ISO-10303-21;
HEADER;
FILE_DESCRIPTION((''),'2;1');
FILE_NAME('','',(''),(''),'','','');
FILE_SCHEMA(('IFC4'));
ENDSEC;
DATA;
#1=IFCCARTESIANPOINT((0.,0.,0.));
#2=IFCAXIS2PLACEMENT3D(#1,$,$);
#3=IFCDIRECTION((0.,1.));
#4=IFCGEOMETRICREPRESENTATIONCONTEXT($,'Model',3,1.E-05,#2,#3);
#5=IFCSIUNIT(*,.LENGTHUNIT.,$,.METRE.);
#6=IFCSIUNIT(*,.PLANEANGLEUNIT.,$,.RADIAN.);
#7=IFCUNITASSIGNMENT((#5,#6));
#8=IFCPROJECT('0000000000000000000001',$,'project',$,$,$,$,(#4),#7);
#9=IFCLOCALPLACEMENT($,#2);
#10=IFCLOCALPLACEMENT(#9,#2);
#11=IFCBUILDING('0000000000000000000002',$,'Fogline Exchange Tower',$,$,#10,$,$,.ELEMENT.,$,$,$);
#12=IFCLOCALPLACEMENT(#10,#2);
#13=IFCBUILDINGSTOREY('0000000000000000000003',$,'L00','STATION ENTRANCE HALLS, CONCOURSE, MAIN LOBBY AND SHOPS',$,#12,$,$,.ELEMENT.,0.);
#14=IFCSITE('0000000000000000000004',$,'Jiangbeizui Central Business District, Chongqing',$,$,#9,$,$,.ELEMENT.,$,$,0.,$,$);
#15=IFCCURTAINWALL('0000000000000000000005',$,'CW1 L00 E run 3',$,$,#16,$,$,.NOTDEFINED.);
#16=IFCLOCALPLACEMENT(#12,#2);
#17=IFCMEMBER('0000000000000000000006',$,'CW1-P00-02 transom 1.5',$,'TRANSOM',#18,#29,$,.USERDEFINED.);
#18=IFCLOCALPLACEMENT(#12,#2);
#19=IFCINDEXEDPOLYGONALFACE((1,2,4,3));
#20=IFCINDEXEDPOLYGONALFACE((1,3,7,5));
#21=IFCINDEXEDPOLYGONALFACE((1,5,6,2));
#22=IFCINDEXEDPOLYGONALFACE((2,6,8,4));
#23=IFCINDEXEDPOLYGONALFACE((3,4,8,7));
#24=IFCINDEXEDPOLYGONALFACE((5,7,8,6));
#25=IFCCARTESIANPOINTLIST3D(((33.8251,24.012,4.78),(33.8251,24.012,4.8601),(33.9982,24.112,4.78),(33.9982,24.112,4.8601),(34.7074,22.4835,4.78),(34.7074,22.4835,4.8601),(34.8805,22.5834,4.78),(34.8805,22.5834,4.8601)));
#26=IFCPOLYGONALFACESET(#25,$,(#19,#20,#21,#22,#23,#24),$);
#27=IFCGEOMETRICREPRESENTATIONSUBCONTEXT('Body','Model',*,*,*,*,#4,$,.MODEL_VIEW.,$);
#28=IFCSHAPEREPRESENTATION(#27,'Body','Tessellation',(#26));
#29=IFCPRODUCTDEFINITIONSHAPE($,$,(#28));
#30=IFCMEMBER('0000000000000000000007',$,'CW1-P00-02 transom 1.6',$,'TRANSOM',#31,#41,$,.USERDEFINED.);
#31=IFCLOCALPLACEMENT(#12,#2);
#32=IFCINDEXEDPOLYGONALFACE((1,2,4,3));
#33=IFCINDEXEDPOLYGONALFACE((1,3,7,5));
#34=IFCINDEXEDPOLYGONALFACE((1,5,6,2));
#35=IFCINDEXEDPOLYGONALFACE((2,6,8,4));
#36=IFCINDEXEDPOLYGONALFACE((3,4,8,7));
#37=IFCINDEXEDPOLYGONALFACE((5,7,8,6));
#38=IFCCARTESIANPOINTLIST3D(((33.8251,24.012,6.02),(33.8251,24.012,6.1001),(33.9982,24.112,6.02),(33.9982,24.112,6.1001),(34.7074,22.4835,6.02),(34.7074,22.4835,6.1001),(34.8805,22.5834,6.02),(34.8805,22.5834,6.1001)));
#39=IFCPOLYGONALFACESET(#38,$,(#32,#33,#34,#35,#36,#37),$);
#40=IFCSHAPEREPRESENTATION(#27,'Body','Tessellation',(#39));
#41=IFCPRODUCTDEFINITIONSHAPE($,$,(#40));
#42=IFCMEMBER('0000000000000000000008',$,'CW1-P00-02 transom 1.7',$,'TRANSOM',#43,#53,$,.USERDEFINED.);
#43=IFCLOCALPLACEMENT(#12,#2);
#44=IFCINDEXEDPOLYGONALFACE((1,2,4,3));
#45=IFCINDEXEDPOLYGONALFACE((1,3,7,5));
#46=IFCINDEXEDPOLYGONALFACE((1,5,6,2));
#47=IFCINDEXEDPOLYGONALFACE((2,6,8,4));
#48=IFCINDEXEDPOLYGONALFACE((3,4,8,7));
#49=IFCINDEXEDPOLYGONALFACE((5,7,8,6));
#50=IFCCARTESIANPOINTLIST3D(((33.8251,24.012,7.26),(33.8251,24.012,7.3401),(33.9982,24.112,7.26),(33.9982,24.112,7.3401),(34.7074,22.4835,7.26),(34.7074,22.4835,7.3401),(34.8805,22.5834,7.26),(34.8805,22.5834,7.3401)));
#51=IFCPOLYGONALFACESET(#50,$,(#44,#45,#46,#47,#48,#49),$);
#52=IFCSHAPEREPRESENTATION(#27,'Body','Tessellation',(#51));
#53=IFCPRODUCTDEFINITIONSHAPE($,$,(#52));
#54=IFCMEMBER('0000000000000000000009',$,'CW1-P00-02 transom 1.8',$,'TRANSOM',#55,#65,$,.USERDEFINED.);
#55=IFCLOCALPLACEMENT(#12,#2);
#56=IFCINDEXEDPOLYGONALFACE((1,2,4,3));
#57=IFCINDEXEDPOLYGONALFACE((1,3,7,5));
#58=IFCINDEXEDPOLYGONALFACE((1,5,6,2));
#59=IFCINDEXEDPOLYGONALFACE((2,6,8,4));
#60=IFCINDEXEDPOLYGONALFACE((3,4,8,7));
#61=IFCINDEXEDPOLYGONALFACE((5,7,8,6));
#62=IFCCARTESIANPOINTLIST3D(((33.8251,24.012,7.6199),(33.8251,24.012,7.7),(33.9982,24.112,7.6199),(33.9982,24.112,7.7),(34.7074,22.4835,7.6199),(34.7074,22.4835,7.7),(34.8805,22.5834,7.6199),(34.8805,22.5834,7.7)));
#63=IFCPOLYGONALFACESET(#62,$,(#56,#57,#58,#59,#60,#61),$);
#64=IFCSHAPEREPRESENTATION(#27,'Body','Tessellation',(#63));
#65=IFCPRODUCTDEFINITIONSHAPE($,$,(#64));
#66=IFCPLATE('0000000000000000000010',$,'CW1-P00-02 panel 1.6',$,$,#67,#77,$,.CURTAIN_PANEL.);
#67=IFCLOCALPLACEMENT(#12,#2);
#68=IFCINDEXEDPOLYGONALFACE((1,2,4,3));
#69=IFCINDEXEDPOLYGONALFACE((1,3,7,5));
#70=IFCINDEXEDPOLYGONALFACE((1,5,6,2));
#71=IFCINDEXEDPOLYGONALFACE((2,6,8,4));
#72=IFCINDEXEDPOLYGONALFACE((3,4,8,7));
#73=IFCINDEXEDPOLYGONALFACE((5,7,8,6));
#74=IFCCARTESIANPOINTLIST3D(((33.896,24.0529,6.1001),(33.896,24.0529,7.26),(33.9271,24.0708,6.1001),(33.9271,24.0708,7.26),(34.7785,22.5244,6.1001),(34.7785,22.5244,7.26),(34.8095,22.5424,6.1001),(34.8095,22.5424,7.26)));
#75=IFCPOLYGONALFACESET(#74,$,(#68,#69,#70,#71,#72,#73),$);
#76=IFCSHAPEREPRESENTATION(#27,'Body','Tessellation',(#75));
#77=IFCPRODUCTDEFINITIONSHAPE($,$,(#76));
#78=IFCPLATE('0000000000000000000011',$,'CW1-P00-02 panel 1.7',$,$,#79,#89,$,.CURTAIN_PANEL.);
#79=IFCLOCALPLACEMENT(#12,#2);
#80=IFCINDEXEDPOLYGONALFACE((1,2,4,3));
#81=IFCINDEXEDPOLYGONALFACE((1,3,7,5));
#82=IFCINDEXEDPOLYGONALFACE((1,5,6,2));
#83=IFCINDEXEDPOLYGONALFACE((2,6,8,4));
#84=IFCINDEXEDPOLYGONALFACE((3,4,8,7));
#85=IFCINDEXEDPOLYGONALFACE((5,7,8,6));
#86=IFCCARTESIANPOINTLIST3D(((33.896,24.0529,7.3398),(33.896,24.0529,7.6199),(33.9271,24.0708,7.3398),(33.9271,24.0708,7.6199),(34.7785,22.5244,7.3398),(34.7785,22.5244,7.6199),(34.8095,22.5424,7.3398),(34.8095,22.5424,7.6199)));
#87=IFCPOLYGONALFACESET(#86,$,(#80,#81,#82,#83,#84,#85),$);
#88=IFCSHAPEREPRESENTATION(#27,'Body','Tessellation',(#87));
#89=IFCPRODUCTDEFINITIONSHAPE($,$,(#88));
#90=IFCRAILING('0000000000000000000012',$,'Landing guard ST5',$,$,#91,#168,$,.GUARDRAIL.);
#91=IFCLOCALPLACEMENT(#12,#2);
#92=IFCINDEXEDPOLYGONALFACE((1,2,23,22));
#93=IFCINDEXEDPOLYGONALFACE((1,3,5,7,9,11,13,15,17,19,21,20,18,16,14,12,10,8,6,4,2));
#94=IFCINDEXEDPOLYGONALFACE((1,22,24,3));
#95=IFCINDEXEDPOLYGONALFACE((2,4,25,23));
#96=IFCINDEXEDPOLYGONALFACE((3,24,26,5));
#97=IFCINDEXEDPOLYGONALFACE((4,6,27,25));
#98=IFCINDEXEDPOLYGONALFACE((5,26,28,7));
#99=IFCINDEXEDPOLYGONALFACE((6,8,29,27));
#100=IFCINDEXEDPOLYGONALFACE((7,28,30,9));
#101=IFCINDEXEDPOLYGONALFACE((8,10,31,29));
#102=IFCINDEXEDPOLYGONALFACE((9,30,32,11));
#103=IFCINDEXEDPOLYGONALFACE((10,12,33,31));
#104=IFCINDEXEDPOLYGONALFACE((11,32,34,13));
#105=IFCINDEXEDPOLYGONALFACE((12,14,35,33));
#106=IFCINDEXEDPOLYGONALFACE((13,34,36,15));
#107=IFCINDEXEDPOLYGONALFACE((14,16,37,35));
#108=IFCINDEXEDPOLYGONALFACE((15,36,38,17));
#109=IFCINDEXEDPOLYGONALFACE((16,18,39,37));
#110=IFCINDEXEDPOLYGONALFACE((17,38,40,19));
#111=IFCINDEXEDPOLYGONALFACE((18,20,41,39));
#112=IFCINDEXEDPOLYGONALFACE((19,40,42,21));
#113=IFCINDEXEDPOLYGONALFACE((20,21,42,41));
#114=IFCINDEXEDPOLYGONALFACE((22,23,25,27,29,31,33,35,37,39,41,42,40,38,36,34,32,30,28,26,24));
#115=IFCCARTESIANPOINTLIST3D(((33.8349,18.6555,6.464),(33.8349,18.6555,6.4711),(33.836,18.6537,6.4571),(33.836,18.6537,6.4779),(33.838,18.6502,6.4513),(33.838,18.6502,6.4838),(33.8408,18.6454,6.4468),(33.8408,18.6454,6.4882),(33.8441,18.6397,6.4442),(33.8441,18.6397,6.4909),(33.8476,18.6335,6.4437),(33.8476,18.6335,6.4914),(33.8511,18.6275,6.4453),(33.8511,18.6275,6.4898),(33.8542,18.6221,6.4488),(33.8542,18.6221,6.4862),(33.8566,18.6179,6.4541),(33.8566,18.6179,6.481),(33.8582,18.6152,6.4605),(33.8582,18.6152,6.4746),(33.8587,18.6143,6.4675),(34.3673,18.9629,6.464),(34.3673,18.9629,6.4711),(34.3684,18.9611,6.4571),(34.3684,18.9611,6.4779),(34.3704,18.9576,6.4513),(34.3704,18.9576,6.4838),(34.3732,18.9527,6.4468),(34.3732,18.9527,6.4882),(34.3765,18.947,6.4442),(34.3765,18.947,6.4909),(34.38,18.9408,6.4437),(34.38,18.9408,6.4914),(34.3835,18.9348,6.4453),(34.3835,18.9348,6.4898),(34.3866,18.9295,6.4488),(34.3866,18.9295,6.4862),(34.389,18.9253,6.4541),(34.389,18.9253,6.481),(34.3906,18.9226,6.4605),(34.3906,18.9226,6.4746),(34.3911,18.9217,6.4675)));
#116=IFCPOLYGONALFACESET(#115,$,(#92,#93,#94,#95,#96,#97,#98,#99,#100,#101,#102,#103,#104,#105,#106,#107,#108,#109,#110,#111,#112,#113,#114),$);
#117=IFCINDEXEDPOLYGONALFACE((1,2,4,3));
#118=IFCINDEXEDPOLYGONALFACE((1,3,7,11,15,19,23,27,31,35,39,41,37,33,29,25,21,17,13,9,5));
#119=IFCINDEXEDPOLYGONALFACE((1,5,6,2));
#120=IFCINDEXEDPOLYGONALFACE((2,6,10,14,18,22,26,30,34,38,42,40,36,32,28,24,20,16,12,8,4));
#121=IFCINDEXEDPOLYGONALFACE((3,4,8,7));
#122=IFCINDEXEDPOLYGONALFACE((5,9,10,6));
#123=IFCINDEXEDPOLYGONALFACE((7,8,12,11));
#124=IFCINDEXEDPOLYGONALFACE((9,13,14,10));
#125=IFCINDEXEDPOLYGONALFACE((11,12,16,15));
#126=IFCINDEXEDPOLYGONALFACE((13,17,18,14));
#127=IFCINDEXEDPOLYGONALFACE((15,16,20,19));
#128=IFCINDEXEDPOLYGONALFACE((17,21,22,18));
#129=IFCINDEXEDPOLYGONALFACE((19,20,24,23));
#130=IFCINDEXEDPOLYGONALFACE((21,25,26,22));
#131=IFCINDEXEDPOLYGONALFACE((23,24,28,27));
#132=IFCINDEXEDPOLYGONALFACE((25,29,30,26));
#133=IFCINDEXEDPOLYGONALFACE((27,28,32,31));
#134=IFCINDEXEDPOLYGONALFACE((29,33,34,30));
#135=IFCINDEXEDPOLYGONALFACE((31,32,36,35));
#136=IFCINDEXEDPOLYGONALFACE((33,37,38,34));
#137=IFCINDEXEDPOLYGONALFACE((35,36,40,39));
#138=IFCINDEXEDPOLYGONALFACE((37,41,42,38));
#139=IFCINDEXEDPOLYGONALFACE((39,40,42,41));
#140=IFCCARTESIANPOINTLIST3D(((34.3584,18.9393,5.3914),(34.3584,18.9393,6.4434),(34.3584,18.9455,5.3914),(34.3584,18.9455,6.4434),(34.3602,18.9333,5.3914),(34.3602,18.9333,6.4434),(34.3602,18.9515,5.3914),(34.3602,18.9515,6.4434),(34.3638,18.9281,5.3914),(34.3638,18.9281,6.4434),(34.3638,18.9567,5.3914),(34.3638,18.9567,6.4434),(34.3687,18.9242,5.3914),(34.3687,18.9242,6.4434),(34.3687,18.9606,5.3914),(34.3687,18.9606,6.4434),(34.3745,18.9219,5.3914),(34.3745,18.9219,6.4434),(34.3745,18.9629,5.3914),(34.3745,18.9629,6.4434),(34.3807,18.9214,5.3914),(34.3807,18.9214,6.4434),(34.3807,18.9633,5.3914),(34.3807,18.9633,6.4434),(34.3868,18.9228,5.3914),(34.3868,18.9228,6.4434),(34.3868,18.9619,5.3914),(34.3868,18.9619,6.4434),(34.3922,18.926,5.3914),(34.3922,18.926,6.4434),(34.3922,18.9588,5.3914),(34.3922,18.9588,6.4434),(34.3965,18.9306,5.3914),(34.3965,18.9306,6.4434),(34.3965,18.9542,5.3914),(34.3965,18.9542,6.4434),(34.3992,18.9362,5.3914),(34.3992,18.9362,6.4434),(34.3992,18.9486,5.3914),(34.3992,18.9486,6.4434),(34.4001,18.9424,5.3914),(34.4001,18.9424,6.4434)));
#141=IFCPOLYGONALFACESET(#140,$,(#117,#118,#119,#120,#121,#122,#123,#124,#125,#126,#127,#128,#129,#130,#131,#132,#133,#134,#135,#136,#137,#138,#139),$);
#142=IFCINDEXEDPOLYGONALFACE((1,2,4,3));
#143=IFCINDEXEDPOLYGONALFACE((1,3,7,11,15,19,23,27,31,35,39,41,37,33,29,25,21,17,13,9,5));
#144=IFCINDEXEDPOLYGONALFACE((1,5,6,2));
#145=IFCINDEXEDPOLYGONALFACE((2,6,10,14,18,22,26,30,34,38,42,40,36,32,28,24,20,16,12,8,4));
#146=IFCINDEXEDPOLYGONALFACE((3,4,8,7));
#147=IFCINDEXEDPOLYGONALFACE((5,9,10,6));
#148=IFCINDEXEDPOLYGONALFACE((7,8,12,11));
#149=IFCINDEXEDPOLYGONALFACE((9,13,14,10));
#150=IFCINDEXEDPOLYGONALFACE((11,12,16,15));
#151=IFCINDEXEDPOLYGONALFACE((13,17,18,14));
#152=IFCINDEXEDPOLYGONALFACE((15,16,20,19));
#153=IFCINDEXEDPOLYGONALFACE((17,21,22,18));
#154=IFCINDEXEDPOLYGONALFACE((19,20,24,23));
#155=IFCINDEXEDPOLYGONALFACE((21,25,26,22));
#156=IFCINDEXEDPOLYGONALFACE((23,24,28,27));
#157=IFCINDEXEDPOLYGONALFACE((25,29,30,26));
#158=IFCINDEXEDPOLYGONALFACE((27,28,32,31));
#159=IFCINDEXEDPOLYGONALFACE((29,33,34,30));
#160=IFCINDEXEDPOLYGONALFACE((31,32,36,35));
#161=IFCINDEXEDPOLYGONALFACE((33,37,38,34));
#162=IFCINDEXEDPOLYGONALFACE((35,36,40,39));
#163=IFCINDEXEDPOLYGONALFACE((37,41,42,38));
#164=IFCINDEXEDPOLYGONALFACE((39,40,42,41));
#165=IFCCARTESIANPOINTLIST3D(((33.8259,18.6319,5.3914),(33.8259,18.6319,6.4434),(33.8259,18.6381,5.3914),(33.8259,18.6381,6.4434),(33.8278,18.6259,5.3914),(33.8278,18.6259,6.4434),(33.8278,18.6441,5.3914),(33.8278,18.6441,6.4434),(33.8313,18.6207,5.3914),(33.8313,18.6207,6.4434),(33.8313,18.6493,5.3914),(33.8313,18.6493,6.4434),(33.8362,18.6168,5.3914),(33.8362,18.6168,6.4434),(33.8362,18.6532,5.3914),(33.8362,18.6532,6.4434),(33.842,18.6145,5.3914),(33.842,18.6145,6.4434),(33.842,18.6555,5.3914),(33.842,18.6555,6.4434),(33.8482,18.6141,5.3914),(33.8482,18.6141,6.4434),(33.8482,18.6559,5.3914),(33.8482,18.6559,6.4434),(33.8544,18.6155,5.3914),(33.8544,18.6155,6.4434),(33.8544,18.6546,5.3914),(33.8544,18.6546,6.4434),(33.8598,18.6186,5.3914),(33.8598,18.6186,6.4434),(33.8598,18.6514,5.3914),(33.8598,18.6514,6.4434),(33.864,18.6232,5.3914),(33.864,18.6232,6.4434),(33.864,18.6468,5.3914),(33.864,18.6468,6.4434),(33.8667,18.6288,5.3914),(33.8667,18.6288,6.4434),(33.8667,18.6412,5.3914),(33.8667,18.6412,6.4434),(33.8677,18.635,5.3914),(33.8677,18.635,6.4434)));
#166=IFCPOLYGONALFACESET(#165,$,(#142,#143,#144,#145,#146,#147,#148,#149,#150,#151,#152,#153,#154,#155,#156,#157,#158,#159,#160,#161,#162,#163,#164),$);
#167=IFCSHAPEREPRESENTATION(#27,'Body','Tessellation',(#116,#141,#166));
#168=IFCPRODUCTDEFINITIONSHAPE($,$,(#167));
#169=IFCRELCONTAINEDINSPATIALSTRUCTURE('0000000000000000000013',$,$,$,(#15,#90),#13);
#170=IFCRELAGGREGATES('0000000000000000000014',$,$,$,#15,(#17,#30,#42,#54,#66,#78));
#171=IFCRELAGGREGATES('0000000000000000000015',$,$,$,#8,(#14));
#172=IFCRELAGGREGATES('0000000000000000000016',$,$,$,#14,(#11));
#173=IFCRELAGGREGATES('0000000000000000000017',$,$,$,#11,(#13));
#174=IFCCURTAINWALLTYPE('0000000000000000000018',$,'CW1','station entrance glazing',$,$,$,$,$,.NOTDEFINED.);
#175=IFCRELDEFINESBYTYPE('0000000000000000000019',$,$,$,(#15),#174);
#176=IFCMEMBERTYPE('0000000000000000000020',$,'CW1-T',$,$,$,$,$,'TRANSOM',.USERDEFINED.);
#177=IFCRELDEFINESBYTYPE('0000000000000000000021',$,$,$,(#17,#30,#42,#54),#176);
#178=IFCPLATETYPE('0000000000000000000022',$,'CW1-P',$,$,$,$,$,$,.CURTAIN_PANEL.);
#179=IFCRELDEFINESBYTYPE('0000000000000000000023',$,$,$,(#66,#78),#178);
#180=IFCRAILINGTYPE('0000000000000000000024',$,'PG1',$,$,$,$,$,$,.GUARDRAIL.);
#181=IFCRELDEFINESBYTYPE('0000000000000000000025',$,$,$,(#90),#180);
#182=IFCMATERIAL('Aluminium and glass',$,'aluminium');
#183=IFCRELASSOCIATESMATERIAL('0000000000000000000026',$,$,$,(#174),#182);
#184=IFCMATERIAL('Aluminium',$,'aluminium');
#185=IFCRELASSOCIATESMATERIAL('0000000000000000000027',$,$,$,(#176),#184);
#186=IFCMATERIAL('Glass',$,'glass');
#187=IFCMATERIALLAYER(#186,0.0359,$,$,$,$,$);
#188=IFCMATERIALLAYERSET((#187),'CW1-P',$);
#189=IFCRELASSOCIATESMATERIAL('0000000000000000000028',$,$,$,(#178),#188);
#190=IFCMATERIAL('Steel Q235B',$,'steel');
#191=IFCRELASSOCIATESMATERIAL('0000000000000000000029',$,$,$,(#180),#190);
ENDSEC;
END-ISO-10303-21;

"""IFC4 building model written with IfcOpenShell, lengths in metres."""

from ifc_helpers import new_model, si_unit, direction, frame, origin, origin_2d, place, context, subcontext, project, spatial, rectangle, circle, extrude, material, layer, layer_set, material_profile, profile_set, type_object, element, aggregate, save


model = new_model("IFC4")

# Units and contexts
model_context = context("Model", 3, precision=1e-05, world=origin(), true_north=direction((0.0, 1.0)))
body_context = subcontext(model_context, "Body", "Model", "MODEL_VIEW")
ifc_project = project(units=[si_unit("LENGTHUNIT", "METRE"), si_unit("PLANEANGLEUNIT", "RADIAN")], contexts=[model_context])

# Site, building, storey
site_placement = place(None, origin())
site = spatial("IfcSite", under=ifc_project, at=site_placement, Name="Jiangbeizui Central Business District, Chongqing", CompositionType="ELEMENT", RefElevation=0.0)
building_placement = place(site_placement, origin())
building = spatial("IfcBuilding", under=site, at=building_placement, Name="Fogline Exchange Tower", CompositionType="ELEMENT")
storey_placement = place(building_placement, origin())
storey = spatial("IfcBuildingStorey", under=building, at=storey_placement, Name="L00", Description="STATION ENTRANCE HALLS, CONCOURSE, MAIN LOBBY AND SHOPS", CompositionType="ELEMENT", Elevation=0.0)

# Shared definitions
ifc_material_1 = material(Name="Aluminium and glass", Category="aluminium")
curtain_wall_type = type_object("IfcCurtainWallType", Name="CW1", Description="station entrance glazing", PredefinedType="NOTDEFINED", material=ifc_material_1)
ifc_material_2 = material(Name="Aluminium", Category="aluminium")

# Curtain wall, members, plates
curtain_wall_1_placement = place(storey_placement, origin())
curtain_wall_1 = element("IfcCurtainWall", 1, at=curtain_wall_1_placement, inside=storey, type_object=curtain_wall_type, Name="CW1 L00 E run 3", PredefinedType="NOTDEFINED")
ifc_material_profile_1 = material_profile(ifc_material_2, rectangle(XDim=0.2, YDim=0.0801, at=origin_2d()), Name="Transom 80x200")
ifc_profile_set_1 = profile_set([ifc_material_profile_1], Name="Aluminium")
member_type_1 = type_object("IfcMemberType", Name="CW1-T", ElementType="TRANSOM", PredefinedType="USERDEFINED", material=ifc_profile_set_1)
member_1_placement = place(storey_placement, frame((34.7939, 22.5334, 4.8201), z_axis=(-0.499918, 0.866073, 0.0), x_axis=(-0.866073, -0.499918, 0.0)))
member_1 = element("IfcMember", 2, at=member_1_placement, type_object=member_type_1, Name="CW1-P00-02 transom 1.5", ObjectType="TRANSOM", PredefinedType="USERDEFINED", context=body_context, shape_type="SweptSolid", body=[
    extrude(rectangle(XDim=0.2, YDim=0.0801, at=origin_2d()), origin(), (0.0, 0.0, 1.0), 1.7649),
])
member_2_placement = place(storey_placement, frame((34.7939, 22.5334, 6.0601), z_axis=(-0.499918, 0.866073, 0.0), x_axis=(-0.866073, -0.499918, 0.0)))
member_2 = element("IfcMember", 3, at=member_2_placement, type_object=member_type_1, Name="CW1-P00-02 transom 1.6", ObjectType="TRANSOM", PredefinedType="USERDEFINED", context=body_context, shape_type="SweptSolid", body=[
    extrude(rectangle(XDim=0.2, YDim=0.0801, at=origin_2d()), origin(), (0.0, 0.0, 1.0), 1.7649),
])
member_3_placement = place(storey_placement, frame((34.7939, 22.5334, 7.3), z_axis=(-0.499918, 0.866073, 0.0), x_axis=(-0.866073, -0.499918, 0.0)))
member_3 = element("IfcMember", 4, at=member_3_placement, type_object=member_type_1, Name="CW1-P00-02 transom 1.7", ObjectType="TRANSOM", PredefinedType="USERDEFINED", context=body_context, shape_type="SweptSolid", body=[
    extrude(rectangle(XDim=0.2, YDim=0.0801, at=origin_2d()), origin(), (0.0, 0.0, 1.0), 1.7649),
])
member_4_placement = place(storey_placement, frame((34.7939, 22.5334, 7.6599), z_axis=(-0.499918, 0.866073, 0.0), x_axis=(-0.866073, -0.499918, 0.0)))
member_4 = element("IfcMember", 5, at=member_4_placement, type_object=member_type_1, Name="CW1-P00-02 transom 1.8", ObjectType="TRANSOM", PredefinedType="USERDEFINED", context=body_context, shape_type="SweptSolid", body=[
    extrude(rectangle(XDim=0.2, YDim=0.0801, at=origin_2d()), origin(), (0.0, 0.0, 1.0), 1.7649),
])
ifc_material_3 = material(Name="Glass", Category="glass")
ifc_layer_1 = layer(ifc_material_3, 0.0359)
ifc_layer_set_1 = layer_set([ifc_layer_1], Name="CW1-P")
plate_type = type_object("IfcPlateType", Name="CW1-P", PredefinedType="CURTAIN_PANEL", material=ifc_layer_set_1)
plate_1_placement = place(storey_placement, frame((34.3528, 23.2976, 6.1001), z_axis=(0.0, 0.0, 1.0), x_axis=(-0.500002, 0.866024, 0.0)))
plate_1 = element("IfcPlate", 6, at=plate_1_placement, type_object=plate_type, Name="CW1-P00-02 panel 1.6", PredefinedType="CURTAIN_PANEL", context=body_context, shape_type="SweptSolid", body=[
    extrude(rectangle(XDim=1.7649, YDim=0.0359, at=origin_2d()), origin(), (0.0, 0.0, 1.0), 1.1599),
])
plate_2_placement = place(storey_placement, frame((34.3528, 23.2976, 7.3398), z_axis=(0.0, 0.0, 1.0), x_axis=(-0.500002, 0.866024, 0.0)))
plate_2 = element("IfcPlate", 7, at=plate_2_placement, type_object=plate_type, Name="CW1-P00-02 panel 1.7", PredefinedType="CURTAIN_PANEL", context=body_context, shape_type="SweptSolid", body=[
    extrude(rectangle(XDim=1.7649, YDim=0.0359, at=origin_2d()), origin(), (0.0, 0.0, 1.0), 0.28),
])
aggregate(curtain_wall_1, [member_1, member_2, member_3, member_4, plate_1, plate_2])

# Railing
ifc_material_4 = material(Name="Steel Q235B", Category="steel")
railing_type = type_object("IfcRailingType", Name="PG1", PredefinedType="GUARDRAIL", material=ifc_material_4)
railing_placement = place(storey_placement, frame((34.3792, 18.9424, 5.3914)))
element("IfcRailing", 8, at=railing_placement, inside=storey, type_object=railing_type, Name="Landing guard ST5", PredefinedType="GUARDRAIL", context=body_context, shape_type="SweptSolid", body=[
    extrude(circle(Radius=0.0239, at=origin_2d()), frame((0.0, 0.0, 1.0762), z_axis=(-0.86606, -0.49994, 0.0), x_axis=(0.49994, -0.86606, 0.0)), (0.0, 0.0, 1.0), 0.6147),
    extrude(circle(Radius=0.021, at=origin_2d()), origin(), (0.0, 0.0, 1.0), 1.052),
    extrude(circle(Radius=0.021, at=origin_2d()), frame((-0.5325, -0.3074, 0.0)), (0.0, 0.0, 1.0), 1.052),
])

save(model, "model.ifc")
